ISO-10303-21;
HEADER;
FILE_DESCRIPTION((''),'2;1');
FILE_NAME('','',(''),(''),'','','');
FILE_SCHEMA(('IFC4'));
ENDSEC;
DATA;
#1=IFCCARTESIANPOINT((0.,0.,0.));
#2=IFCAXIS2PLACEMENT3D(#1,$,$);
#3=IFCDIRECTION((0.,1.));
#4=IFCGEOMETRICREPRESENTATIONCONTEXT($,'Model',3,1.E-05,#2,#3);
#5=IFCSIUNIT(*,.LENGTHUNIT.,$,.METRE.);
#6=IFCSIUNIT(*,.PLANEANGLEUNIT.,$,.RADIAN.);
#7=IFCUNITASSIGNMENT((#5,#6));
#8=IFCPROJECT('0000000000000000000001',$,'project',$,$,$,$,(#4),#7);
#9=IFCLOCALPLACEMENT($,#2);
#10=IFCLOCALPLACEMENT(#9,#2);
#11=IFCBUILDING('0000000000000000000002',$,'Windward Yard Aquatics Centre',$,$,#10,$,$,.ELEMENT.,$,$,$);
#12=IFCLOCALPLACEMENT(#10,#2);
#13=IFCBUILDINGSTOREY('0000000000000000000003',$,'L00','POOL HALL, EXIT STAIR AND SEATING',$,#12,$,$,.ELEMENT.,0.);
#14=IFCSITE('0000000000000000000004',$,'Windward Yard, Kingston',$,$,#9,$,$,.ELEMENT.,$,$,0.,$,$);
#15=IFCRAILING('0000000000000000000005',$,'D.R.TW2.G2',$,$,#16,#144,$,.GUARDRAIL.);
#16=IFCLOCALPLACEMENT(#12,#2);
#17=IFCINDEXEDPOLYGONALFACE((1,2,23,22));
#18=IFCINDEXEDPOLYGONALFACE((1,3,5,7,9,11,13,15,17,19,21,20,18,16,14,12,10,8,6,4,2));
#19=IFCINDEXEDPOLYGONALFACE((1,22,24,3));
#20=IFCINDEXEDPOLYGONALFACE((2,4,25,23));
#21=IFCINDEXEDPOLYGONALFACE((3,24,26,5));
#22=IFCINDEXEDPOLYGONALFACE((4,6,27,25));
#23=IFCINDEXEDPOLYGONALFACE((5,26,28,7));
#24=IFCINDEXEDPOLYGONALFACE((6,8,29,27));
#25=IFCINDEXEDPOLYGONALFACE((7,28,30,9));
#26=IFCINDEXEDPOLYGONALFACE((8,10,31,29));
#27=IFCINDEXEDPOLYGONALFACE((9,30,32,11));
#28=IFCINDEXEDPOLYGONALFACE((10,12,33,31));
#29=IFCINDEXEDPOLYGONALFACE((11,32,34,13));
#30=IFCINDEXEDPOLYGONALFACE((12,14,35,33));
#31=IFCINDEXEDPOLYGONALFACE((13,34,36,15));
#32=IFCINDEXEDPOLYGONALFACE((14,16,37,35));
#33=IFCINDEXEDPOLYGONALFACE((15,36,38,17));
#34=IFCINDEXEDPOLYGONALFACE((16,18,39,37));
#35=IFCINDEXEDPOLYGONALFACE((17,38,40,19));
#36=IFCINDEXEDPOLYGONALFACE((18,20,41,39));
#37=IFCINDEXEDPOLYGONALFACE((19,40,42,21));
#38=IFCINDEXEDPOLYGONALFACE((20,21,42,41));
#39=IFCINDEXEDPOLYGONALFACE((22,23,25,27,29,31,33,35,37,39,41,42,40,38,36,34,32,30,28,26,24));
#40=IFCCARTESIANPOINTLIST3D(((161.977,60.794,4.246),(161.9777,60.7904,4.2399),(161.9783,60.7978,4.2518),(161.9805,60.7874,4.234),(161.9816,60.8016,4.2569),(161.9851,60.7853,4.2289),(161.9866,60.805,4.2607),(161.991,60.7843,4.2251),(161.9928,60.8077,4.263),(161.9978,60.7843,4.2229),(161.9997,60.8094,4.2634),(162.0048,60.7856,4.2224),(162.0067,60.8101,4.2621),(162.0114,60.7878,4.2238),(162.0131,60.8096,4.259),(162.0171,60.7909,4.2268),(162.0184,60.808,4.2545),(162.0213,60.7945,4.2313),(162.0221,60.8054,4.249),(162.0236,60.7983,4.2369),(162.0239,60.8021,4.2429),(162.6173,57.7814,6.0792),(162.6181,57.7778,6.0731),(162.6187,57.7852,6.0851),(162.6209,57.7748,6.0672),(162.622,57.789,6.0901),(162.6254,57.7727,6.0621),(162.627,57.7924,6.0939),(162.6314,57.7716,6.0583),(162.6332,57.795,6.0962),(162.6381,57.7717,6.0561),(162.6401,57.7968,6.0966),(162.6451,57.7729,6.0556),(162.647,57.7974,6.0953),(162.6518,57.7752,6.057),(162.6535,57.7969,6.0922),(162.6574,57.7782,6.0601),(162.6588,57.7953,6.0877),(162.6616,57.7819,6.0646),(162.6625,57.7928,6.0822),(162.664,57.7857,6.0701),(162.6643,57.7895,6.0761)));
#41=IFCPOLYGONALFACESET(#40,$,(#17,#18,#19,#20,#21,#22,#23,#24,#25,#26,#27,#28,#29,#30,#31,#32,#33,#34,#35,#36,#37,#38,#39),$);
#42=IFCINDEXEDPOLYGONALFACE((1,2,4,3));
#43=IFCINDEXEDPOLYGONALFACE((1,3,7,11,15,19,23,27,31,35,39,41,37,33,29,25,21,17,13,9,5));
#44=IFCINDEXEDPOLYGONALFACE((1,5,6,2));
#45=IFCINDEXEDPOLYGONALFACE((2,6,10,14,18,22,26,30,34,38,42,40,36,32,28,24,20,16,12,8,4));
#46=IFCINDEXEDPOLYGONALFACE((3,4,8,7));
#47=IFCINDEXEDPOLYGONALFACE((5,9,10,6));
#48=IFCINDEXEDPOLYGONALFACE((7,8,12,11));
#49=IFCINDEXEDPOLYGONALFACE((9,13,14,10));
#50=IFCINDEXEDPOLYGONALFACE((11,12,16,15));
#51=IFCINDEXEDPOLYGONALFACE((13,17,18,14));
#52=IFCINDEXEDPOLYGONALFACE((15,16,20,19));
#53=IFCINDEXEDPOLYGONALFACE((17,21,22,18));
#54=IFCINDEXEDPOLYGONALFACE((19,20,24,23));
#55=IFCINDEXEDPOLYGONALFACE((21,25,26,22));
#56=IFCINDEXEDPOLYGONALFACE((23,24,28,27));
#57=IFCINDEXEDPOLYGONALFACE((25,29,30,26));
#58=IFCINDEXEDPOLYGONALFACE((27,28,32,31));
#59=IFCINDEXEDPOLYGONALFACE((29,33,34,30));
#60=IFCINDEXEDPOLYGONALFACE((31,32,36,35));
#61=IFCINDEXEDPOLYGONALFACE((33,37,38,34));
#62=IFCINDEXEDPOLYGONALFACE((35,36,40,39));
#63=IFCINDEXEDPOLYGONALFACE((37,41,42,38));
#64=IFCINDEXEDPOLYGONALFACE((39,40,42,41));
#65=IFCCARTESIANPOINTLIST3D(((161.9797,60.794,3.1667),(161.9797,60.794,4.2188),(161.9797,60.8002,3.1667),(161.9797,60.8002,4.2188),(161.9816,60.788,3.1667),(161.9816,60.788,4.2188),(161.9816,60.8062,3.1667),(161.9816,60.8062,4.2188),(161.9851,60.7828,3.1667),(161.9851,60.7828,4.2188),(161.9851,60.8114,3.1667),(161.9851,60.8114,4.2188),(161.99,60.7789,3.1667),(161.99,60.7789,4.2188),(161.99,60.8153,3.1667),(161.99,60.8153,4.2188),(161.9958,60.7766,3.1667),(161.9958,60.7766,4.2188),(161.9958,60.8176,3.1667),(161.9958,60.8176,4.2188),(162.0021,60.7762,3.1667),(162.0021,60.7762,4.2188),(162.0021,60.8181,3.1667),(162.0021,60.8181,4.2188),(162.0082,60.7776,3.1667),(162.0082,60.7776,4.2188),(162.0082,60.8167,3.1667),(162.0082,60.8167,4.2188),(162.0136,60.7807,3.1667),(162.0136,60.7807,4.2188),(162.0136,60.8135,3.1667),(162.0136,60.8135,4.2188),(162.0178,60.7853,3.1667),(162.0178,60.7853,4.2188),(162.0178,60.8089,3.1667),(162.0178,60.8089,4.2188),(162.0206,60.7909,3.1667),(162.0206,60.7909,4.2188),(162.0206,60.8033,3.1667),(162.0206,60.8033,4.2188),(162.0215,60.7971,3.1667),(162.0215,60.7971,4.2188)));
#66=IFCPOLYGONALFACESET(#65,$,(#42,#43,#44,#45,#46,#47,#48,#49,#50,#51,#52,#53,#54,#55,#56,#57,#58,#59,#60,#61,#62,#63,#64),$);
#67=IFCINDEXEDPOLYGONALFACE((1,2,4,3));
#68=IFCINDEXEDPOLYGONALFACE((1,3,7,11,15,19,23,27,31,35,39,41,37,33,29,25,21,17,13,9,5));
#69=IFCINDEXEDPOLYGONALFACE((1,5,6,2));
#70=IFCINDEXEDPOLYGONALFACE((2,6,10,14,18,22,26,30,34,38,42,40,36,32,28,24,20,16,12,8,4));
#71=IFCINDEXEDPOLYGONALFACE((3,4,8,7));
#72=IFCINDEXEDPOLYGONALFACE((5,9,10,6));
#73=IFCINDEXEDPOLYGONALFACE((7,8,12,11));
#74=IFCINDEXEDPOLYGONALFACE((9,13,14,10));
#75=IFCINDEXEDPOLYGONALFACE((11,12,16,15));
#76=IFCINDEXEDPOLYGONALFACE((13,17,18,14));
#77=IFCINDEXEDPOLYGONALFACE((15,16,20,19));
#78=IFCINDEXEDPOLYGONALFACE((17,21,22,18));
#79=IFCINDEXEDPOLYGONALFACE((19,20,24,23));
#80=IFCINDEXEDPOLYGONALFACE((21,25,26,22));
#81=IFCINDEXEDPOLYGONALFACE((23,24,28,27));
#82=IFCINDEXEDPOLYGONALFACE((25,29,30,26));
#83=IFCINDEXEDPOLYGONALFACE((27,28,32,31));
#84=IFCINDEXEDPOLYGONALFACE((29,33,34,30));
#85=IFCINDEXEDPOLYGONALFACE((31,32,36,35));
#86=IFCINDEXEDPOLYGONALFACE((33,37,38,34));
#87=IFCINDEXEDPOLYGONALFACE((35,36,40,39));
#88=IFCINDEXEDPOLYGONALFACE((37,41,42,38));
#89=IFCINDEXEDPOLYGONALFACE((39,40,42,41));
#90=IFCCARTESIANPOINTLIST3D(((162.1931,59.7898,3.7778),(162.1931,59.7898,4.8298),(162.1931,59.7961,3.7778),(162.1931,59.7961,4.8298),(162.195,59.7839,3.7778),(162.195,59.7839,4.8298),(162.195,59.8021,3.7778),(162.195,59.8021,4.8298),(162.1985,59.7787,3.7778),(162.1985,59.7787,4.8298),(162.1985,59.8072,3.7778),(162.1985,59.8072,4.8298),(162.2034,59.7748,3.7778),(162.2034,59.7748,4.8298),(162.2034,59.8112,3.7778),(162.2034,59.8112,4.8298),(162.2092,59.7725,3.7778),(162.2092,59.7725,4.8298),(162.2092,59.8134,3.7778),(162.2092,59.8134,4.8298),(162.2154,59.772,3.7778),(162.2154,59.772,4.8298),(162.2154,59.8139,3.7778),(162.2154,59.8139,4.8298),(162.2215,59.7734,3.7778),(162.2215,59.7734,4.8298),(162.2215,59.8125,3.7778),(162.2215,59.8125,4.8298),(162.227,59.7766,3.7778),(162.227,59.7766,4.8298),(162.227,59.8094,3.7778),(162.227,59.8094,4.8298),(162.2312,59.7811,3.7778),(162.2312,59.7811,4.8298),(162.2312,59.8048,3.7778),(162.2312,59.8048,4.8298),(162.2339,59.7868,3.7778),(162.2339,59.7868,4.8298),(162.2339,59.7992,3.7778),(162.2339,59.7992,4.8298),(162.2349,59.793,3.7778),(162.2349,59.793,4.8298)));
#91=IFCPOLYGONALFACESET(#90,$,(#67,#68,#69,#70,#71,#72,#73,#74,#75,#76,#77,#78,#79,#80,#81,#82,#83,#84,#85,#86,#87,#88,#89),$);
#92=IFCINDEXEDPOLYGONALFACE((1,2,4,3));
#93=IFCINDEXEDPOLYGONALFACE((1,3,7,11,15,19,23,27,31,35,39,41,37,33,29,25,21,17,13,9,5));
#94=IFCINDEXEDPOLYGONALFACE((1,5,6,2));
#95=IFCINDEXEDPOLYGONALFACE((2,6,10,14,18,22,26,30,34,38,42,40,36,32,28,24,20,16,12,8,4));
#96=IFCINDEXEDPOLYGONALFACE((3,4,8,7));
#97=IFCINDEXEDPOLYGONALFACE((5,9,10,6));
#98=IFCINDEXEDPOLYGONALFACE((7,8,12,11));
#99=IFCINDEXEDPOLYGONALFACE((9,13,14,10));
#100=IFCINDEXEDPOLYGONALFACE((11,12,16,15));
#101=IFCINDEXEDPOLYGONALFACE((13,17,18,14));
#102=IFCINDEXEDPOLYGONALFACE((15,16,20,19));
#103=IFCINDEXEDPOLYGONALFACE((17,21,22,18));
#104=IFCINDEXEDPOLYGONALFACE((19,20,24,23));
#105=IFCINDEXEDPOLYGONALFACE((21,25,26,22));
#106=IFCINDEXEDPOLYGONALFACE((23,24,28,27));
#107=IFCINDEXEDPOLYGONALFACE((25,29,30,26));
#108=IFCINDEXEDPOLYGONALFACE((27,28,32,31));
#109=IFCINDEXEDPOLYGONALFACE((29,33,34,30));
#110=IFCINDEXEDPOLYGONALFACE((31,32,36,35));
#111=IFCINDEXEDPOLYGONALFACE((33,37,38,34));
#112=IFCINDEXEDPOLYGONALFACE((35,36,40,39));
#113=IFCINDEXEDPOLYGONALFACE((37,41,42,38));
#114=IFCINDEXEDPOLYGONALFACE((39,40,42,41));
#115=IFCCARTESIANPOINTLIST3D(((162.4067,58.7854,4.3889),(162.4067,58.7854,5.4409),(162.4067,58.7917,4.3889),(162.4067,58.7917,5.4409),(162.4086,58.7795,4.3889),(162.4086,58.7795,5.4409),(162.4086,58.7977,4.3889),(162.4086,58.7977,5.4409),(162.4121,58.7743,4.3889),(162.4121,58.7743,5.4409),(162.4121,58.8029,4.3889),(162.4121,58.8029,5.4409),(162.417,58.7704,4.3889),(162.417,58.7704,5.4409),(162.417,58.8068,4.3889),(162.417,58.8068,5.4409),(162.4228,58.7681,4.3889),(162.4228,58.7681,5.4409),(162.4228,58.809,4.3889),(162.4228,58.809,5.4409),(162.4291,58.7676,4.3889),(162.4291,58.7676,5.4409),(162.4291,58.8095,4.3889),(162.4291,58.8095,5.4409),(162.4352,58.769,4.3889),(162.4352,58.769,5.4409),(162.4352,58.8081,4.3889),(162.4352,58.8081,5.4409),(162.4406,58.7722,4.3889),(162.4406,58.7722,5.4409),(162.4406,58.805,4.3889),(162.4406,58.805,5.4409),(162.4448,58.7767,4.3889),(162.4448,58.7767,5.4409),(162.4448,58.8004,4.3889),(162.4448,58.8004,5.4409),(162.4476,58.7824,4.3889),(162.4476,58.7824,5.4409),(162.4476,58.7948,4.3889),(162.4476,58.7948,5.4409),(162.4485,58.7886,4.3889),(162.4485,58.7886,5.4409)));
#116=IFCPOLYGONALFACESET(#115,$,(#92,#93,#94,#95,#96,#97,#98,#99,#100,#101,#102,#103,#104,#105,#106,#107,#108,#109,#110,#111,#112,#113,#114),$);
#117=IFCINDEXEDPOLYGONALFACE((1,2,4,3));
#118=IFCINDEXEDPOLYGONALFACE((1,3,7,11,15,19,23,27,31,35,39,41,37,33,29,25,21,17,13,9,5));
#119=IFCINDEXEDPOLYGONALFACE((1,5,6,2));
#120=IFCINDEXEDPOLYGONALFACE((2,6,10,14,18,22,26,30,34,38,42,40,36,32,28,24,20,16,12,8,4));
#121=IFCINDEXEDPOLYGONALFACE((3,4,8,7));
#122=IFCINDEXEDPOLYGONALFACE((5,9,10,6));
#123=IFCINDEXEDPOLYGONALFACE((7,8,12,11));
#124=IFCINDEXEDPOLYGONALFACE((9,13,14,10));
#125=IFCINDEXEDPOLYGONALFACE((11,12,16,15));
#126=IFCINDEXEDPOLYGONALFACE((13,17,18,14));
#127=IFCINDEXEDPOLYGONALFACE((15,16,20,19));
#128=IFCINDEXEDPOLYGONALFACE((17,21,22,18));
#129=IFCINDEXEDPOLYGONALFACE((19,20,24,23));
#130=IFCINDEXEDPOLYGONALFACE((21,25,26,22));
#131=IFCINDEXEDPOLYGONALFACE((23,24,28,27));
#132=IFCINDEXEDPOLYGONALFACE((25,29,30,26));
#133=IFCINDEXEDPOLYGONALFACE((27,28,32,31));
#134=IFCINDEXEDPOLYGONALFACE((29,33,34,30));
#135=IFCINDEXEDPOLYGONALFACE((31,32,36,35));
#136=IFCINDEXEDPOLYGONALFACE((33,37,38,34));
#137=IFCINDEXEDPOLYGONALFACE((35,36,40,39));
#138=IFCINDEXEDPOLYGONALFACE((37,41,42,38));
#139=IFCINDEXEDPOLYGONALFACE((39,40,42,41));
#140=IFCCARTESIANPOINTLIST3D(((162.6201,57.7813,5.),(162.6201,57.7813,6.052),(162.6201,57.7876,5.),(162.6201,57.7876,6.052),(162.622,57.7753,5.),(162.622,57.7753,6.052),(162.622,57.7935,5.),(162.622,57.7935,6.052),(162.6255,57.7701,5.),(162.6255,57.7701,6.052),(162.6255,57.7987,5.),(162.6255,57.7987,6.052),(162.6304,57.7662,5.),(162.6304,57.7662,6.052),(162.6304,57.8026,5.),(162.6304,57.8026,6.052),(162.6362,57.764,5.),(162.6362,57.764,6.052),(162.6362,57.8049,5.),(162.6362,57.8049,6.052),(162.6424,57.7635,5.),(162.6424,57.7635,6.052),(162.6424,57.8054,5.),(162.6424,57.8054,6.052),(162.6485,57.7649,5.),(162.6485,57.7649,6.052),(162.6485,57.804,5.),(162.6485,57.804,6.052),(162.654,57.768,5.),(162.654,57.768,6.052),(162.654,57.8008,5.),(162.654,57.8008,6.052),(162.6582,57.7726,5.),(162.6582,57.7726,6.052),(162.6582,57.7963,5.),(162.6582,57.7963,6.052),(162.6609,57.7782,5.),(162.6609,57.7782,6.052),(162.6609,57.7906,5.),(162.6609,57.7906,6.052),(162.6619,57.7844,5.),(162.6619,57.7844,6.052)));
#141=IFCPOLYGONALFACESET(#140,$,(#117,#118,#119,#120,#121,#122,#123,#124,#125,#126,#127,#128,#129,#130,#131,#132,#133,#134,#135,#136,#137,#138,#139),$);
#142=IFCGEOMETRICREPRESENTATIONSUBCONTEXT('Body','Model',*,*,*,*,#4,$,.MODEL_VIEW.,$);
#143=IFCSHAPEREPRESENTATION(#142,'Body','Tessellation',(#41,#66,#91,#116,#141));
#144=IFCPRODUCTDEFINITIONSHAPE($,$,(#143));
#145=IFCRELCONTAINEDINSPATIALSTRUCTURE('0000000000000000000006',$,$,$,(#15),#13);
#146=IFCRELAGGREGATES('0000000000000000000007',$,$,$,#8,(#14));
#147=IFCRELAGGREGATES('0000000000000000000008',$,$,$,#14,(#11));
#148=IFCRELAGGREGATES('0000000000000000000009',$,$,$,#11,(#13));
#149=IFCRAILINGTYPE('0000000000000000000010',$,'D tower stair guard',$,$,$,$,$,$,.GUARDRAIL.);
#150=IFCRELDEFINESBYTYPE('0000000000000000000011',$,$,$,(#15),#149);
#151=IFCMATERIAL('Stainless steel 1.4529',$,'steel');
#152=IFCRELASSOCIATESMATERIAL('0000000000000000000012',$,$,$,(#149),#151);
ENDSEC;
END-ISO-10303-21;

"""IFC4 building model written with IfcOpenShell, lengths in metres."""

from ifc_helpers import new_model, si_unit, direction, frame, origin, origin_2d, place, context, subcontext, project, spatial, circle, extrude, material, type_object, element, save


model = new_model("IFC4")

# Units and contexts
model_context = context("Model", 3, precision=1e-05, world=origin(), true_north=direction((0.0, 1.0)))
body_context = subcontext(model_context, "Body", "Model", "MODEL_VIEW")
ifc_project = project(units=[si_unit("LENGTHUNIT", "METRE"), si_unit("PLANEANGLEUNIT", "RADIAN")], contexts=[model_context])

# Site, building, storey
site_placement = place(None, origin())
site = spatial("IfcSite", under=ifc_project, at=site_placement, Name="Windward Yard, Kingston", CompositionType="ELEMENT", RefElevation=0.0)
building_placement = place(site_placement, origin())
building = spatial("IfcBuilding", under=site, at=building_placement, Name="Windward Yard Aquatics Centre", CompositionType="ELEMENT")
storey_placement = place(building_placement, origin())
storey = spatial("IfcBuildingStorey", under=building, at=storey_placement, Name="L00", Description="POOL HALL, EXIT STAIR AND SEATING", CompositionType="ELEMENT", Elevation=0.0)

# Shared definitions
ifc_material_1 = material(Name="Stainless steel 1.4529", Category="steel")

# Railing
railing_type = type_object("IfcRailingType", Name="D tower stair guard", PredefinedType="GUARDRAIL", material=ifc_material_1)
railing_1_placement = place(storey_placement, frame((162.0005, 60.7971, 3.1667)))
element("IfcRailing", 1, at=railing_1_placement, inside=storey, type_object=railing_type, Name="D.R.TW2.G2", PredefinedType="GUARDRAIL", context=body_context, shape_type="SweptSolid", body=[
    extrude(circle(Radius=0.0239, at=origin_2d()), frame((0.0, 0.0, 1.0762), z_axis=(0.178663, -0.840525, 0.511467), x_axis=(0.978147, 0.207916, 0.0)), (0.0, 0.0, 1.0), 3.5842),
    extrude(circle(Radius=0.021, at=origin_2d()), origin(), (0.0, 0.0, 1.0), 1.052),
    extrude(circle(Radius=0.021, at=origin_2d()), frame((0.2134, -1.0042, 0.6111)), (0.0, 0.0, 1.0), 1.052),
    extrude(circle(Radius=0.021, at=origin_2d()), frame((0.427, -2.0085, 1.2222)), (0.0, 0.0, 1.0), 1.052),
    extrude(circle(Radius=0.021, at=origin_2d()), frame((0.6404, -3.0127, 1.8333)), (0.0, 0.0, 1.0), 1.052),
])

save(model, "model.ifc")
